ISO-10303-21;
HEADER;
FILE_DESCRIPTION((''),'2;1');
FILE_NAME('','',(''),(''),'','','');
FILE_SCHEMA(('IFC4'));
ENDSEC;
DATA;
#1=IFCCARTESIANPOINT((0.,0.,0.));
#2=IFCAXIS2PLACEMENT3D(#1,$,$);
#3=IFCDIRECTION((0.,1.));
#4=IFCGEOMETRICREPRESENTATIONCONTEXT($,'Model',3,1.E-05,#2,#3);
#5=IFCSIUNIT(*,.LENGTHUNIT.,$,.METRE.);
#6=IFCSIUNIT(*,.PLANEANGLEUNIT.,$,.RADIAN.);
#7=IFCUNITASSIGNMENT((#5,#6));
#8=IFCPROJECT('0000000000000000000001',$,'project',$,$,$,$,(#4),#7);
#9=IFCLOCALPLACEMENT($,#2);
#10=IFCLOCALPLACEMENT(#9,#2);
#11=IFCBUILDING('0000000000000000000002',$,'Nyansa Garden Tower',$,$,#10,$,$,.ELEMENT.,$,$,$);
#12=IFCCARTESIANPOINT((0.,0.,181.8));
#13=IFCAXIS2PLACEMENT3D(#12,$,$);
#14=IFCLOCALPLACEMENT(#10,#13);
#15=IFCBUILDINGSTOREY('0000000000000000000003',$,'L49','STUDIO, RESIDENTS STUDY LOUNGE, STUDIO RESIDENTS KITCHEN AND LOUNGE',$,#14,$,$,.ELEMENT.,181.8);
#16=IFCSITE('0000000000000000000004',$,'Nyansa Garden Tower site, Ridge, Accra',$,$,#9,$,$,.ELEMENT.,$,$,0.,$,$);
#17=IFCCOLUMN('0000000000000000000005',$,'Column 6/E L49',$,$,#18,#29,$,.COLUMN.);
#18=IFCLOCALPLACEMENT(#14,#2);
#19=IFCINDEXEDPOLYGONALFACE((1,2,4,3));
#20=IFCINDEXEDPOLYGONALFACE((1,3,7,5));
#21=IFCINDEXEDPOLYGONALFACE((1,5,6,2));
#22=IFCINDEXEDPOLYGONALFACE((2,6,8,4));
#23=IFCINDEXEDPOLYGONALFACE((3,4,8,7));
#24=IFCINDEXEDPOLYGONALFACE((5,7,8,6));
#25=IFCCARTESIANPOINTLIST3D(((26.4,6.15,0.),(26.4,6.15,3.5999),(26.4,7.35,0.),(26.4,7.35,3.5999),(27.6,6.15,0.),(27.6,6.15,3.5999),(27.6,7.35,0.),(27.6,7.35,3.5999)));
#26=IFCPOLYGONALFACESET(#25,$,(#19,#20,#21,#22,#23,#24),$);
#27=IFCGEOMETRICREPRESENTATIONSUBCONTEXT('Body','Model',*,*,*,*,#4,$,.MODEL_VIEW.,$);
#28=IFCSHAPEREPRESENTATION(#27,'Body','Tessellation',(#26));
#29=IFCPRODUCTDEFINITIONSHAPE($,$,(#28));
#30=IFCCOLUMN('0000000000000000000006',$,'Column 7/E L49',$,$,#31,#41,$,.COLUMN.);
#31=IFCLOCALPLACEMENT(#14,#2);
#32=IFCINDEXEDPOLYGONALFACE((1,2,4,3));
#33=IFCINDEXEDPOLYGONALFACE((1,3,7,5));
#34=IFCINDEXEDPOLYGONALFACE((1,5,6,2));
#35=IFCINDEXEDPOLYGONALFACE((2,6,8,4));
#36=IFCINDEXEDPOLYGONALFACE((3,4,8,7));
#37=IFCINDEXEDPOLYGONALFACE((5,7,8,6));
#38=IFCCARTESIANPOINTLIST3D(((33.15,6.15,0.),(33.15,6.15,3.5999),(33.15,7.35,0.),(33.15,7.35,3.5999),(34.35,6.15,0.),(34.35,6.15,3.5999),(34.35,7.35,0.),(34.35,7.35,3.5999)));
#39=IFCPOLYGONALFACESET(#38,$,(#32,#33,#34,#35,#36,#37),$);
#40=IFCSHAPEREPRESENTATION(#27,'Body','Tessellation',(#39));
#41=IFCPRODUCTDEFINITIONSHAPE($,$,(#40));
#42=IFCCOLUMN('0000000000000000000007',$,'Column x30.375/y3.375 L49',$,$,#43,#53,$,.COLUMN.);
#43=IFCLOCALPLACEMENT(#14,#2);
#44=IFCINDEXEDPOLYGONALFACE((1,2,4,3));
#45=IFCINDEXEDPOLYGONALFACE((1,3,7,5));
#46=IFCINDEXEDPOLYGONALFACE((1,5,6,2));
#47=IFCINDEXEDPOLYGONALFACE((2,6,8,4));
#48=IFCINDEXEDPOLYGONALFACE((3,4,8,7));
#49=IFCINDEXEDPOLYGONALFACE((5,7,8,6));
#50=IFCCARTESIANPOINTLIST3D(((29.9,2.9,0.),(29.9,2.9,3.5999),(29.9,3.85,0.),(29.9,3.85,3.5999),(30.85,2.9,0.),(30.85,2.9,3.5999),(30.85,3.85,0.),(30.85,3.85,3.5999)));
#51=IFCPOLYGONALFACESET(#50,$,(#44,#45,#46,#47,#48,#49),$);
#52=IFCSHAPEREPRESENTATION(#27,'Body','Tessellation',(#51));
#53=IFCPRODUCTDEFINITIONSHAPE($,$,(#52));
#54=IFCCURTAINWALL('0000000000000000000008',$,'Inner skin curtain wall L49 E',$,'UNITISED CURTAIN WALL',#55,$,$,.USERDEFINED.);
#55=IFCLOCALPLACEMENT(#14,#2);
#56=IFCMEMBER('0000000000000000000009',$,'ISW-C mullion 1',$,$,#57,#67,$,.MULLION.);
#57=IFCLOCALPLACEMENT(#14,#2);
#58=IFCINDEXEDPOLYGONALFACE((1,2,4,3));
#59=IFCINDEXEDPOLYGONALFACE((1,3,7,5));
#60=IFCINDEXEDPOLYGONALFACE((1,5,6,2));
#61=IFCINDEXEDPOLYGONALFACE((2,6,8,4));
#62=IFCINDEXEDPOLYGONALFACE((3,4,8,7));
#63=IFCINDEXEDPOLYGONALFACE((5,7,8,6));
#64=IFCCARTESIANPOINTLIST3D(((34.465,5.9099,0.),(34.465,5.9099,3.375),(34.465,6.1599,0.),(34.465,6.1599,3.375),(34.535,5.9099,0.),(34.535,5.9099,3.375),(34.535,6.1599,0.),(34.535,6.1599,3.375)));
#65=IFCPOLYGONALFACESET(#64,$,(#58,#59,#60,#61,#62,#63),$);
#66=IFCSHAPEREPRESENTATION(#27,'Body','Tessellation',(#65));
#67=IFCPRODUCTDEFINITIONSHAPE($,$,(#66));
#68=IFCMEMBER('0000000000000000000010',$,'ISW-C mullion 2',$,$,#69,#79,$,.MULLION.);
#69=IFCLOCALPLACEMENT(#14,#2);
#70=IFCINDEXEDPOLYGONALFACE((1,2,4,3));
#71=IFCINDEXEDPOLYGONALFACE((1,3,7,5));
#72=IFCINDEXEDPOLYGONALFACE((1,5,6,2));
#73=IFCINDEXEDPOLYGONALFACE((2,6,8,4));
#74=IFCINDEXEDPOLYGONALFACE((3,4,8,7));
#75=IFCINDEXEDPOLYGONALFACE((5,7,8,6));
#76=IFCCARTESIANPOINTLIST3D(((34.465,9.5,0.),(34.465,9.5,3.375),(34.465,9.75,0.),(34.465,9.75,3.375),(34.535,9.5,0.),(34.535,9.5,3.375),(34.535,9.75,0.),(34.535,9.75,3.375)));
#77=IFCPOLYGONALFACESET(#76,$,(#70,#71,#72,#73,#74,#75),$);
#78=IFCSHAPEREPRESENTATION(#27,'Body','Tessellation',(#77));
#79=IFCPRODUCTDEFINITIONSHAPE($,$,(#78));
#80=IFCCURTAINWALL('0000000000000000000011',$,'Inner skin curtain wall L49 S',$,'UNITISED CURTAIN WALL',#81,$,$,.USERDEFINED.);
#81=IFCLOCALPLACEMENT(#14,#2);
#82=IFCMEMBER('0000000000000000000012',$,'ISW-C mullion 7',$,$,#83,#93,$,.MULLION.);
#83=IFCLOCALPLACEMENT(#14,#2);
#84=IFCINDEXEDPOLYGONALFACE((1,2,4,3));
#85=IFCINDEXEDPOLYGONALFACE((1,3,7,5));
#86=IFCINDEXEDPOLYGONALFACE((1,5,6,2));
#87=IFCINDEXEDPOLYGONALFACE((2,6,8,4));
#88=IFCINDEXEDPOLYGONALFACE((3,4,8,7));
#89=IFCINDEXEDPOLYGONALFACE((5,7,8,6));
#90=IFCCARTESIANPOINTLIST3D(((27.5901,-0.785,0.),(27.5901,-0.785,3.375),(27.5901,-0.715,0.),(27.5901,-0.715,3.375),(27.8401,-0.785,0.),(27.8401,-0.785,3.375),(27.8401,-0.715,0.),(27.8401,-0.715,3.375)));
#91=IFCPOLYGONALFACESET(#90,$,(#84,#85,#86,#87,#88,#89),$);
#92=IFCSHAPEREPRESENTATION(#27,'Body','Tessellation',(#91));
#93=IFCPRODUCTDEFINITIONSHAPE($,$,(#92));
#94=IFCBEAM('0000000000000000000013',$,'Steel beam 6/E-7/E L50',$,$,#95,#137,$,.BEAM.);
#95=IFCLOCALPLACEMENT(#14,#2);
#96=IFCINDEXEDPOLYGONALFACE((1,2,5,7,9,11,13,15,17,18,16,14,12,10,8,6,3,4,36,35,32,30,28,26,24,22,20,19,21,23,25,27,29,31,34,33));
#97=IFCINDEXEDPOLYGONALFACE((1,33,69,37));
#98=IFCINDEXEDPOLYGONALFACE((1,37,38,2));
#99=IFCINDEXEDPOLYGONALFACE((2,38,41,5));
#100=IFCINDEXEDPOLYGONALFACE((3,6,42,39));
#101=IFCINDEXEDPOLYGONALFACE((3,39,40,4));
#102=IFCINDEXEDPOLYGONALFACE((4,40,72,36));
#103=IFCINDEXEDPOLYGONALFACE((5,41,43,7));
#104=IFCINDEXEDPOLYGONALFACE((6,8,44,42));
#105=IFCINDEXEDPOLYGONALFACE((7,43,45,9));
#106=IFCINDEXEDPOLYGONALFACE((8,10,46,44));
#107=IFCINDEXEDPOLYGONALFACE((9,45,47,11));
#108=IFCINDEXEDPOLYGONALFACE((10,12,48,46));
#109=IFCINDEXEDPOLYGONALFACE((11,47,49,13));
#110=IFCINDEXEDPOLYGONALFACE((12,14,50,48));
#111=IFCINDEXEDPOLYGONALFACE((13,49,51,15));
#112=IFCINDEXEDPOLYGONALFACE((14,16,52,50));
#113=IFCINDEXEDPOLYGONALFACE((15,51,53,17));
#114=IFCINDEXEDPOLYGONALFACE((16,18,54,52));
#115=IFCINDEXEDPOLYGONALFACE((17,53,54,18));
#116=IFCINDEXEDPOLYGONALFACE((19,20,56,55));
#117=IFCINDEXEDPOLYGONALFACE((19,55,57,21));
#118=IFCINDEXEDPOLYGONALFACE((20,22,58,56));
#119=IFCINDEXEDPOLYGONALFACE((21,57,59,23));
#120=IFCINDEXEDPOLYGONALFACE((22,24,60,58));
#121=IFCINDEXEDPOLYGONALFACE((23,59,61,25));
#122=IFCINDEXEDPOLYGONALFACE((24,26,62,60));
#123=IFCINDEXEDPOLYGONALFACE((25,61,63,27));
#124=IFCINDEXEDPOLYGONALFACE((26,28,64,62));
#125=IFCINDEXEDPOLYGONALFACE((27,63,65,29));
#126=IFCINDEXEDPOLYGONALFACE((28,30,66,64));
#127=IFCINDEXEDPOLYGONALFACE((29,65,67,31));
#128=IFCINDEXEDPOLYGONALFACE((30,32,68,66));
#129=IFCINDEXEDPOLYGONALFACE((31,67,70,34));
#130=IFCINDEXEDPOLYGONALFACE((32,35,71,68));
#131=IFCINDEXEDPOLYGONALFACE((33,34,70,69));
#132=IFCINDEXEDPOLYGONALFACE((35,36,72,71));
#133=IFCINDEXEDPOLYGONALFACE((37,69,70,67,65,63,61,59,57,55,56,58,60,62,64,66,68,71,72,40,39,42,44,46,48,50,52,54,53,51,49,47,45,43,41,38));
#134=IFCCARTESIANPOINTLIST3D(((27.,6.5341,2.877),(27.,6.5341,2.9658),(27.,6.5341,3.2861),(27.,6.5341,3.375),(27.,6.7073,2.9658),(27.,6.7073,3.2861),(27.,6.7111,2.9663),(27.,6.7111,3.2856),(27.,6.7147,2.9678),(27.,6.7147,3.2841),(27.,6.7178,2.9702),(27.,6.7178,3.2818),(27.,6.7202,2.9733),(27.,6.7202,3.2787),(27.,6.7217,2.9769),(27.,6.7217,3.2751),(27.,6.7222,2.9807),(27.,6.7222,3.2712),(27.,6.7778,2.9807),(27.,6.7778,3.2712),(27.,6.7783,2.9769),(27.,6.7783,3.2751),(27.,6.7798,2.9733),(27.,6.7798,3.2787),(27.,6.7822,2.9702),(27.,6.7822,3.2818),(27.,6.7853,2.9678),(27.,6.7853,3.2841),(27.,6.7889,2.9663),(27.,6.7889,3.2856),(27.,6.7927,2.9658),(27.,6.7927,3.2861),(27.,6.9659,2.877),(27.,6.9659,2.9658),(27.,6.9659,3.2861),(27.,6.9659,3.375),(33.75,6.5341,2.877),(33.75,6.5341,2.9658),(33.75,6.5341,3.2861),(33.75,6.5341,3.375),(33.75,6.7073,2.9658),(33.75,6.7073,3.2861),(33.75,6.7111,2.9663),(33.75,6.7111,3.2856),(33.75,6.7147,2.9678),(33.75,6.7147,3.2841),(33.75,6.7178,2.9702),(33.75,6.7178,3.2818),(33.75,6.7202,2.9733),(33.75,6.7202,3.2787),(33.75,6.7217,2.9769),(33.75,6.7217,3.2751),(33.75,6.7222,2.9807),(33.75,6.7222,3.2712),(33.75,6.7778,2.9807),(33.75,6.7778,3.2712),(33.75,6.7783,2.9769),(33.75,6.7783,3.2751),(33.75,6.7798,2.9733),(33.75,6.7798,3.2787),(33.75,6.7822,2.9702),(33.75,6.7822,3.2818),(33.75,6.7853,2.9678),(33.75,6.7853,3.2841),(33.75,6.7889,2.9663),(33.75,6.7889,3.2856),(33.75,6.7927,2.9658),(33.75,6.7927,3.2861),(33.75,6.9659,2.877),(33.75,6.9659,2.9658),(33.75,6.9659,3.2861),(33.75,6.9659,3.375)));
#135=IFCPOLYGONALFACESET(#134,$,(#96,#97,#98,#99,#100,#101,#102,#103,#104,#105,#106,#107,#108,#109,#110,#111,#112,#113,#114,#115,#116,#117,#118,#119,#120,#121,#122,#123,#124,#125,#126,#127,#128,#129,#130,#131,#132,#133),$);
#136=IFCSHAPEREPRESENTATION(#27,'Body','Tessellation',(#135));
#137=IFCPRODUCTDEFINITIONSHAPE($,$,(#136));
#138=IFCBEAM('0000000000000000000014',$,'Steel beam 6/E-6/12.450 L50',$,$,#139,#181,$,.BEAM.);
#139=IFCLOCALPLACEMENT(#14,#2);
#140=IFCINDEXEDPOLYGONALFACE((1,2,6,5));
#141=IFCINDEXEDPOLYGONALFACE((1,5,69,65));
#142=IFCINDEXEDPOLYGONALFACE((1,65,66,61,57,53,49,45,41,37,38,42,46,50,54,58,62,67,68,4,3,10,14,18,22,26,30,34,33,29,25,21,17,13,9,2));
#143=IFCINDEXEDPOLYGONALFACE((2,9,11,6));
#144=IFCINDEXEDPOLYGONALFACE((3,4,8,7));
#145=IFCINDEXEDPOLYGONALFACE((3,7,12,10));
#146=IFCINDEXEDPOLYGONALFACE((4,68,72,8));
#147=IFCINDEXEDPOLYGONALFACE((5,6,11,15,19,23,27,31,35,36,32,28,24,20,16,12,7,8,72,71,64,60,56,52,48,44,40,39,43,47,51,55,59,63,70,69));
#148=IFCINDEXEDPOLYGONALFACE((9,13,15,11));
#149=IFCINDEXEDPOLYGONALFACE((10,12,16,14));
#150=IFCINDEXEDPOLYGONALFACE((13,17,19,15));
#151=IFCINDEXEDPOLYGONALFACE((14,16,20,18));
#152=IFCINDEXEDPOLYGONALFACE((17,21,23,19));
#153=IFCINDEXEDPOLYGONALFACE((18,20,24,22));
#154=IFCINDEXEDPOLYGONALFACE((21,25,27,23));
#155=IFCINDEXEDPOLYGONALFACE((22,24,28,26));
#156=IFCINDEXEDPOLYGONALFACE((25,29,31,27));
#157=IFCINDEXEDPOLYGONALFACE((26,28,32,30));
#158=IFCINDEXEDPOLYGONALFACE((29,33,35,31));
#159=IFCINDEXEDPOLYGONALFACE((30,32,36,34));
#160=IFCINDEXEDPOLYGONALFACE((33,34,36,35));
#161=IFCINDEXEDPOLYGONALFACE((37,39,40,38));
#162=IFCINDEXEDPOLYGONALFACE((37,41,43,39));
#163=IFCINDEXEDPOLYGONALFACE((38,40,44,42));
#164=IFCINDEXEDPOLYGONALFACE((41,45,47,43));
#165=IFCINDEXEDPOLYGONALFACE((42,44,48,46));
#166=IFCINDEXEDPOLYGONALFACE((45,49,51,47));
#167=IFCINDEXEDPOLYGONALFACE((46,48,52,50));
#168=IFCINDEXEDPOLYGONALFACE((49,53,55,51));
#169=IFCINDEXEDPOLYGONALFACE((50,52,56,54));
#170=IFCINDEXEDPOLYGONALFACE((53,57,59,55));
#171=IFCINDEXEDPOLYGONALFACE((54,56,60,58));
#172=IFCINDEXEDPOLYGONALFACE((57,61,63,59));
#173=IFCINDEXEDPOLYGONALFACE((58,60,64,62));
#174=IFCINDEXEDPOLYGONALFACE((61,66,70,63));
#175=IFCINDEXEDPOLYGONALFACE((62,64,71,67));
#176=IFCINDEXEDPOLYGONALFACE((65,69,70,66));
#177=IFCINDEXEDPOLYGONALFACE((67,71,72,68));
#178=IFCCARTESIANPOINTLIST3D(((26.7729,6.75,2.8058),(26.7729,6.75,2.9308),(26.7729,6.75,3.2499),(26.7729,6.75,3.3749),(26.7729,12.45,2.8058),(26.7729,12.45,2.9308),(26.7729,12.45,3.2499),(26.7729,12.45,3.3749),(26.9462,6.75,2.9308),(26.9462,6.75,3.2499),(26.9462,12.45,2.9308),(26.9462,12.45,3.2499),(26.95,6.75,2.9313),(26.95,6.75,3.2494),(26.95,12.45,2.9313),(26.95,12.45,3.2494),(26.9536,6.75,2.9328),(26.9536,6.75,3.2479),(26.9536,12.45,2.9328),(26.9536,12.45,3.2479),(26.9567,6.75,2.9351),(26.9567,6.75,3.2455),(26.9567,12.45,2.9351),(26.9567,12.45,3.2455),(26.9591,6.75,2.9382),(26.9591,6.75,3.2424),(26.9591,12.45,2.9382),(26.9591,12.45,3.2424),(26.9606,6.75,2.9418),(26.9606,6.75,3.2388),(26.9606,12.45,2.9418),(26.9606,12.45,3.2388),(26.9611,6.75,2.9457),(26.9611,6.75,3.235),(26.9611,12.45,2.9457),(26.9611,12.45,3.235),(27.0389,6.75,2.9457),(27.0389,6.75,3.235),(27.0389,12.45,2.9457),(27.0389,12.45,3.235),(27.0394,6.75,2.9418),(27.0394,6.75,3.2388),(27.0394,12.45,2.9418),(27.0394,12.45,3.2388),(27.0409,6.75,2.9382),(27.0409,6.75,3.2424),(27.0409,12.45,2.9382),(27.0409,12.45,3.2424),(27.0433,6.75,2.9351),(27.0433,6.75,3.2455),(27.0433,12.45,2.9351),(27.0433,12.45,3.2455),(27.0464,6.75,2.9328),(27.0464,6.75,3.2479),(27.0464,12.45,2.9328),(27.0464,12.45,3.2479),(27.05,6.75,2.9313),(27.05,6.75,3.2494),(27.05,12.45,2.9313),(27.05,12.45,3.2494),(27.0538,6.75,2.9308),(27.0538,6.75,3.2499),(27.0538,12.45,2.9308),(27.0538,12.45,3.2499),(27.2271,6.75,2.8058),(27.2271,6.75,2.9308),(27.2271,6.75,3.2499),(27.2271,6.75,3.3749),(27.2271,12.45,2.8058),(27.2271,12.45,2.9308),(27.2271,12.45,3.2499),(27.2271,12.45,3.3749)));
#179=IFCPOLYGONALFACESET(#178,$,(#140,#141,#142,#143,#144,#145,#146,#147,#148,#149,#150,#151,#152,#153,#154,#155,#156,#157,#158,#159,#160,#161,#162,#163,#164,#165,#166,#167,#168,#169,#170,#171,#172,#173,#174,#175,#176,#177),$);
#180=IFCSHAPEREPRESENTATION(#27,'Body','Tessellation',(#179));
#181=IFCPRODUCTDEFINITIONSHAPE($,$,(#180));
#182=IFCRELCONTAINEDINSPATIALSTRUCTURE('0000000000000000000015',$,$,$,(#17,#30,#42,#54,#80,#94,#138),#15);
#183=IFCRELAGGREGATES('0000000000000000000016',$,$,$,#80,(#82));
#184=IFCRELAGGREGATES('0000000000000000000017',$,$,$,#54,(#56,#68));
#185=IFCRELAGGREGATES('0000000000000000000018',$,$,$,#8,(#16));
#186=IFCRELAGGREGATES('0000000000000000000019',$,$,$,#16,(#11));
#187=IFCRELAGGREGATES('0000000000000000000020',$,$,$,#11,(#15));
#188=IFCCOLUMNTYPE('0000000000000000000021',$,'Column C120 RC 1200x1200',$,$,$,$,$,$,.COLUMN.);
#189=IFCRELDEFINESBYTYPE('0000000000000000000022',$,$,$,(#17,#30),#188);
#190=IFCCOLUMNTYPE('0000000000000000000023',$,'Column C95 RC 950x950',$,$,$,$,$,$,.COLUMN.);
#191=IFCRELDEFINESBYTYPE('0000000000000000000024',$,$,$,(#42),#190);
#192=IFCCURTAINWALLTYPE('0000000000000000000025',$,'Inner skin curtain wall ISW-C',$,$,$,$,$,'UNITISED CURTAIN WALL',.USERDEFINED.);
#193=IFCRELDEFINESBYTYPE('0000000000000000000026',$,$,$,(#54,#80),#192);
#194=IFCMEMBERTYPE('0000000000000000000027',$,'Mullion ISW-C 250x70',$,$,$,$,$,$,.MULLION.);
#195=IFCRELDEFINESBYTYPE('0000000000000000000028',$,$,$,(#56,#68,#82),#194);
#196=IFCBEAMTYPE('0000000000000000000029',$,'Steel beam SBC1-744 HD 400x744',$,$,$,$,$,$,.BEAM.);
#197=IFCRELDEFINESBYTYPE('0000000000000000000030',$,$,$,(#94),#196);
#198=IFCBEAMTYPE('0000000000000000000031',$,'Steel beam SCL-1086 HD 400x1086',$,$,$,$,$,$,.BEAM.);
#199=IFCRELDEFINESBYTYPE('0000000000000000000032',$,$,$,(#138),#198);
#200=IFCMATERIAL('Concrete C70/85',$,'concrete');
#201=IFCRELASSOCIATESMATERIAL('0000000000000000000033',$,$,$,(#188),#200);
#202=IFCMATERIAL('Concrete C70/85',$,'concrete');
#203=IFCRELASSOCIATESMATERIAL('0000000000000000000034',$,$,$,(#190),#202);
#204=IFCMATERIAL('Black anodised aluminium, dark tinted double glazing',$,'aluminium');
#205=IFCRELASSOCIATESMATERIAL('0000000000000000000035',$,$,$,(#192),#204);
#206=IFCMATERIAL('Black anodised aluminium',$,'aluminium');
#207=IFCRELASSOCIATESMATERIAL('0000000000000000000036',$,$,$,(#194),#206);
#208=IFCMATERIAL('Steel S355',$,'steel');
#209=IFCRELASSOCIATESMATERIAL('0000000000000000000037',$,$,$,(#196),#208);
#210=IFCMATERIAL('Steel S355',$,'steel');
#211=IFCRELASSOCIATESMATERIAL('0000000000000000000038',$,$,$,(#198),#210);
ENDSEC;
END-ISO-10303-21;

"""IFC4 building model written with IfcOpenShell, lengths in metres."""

from ifc_helpers import new_model, si_unit, direction, frame, origin, origin_2d, place, context, subcontext, project, spatial, rectangle, i_section, extrude, material, material_profile, profile_set, type_object, element, aggregate, save


model = new_model("IFC4")

# Units and contexts
model_context = context("Model", 3, precision=1e-05, world=origin(), true_north=direction((0.0, 1.0)))
body_context = subcontext(model_context, "Body", "Model", "MODEL_VIEW")
ifc_project = project(units=[si_unit("LENGTHUNIT", "METRE"), si_unit("PLANEANGLEUNIT", "RADIAN")], contexts=[model_context])

# Site, building, storey
site_placement = place(None, origin())
site = spatial("IfcSite", under=ifc_project, at=site_placement, Name="Nyansa Garden Tower site, Ridge, Accra", CompositionType="ELEMENT", RefElevation=0.0)
building_placement = place(site_placement, origin())
building = spatial("IfcBuilding", under=site, at=building_placement, Name="Nyansa Garden Tower", CompositionType="ELEMENT")
storey_placement = place(building_placement, frame((0.0, 0.0, 181.8)))
storey = spatial("IfcBuildingStorey", under=building, at=storey_placement, Name="L49", Description="STUDIO, RESIDENTS STUDY LOUNGE, STUDIO RESIDENTS KITCHEN AND LOUNGE", CompositionType="ELEMENT", Elevation=181.8)

# Columns
ifc_material_1 = material(Name="Concrete C70/85", Category="concrete")
ifc_material_profile_1 = material_profile(ifc_material_1, rectangle(XDim=1.2, YDim=1.2, at=origin_2d()), Name="RC 1200x1200")
ifc_profile_set_1 = profile_set([ifc_material_profile_1], Name="Concrete C70/85")
column_type_1 = type_object("IfcColumnType", Name="Column C120 RC 1200x1200", PredefinedType="COLUMN", material=ifc_profile_set_1)
for number, where, z_axis, x_axis, name in (
    (1, (27.0, 6.75, 0.0), (0.0, 0.0, 1.0), (1.0, 0.0, 0.0), "Column 6/E L49"),
    (2, (33.75, 6.75, 0.0), (0.0, 0.0, 1.0), (1.0, 0.0, 0.0), "Column 7/E L49"),
):
    element("IfcColumn", number, at=place(storey_placement, frame(where, z_axis=z_axis, x_axis=x_axis)), inside=storey, type_object=column_type_1, Name=name, PredefinedType="COLUMN", context=body_context, shape_type="SweptSolid", body=[
        extrude(rectangle(XDim=1.2, YDim=1.2, at=origin_2d()), origin(), (0.0, 0.0, 1.0), 3.5999),
    ])
ifc_material_2 = material(Name="Concrete C70/85", Category="concrete")
ifc_material_profile_2 = material_profile(ifc_material_2, rectangle(XDim=0.95, YDim=0.95, at=origin_2d()), Name="RC 950x950")
ifc_profile_set_2 = profile_set([ifc_material_profile_2], Name="Concrete C70/85")
column_type_2 = type_object("IfcColumnType", Name="Column C95 RC 950x950", PredefinedType="COLUMN", material=ifc_profile_set_2)
column_placement = place(storey_placement, frame((30.375, 3.375, 0.0), z_axis=(0.0, 0.0, 1.0), x_axis=(1.0, 0.0, 0.0)))
element("IfcColumn", 3, at=column_placement, inside=storey, type_object=column_type_2, Name="Column x30.375/y3.375 L49", PredefinedType="COLUMN", context=body_context, shape_type="SweptSolid", body=[
    extrude(rectangle(XDim=0.95, YDim=0.95, at=origin_2d()), origin(), (0.0, 0.0, 1.0), 3.5999),
])

# Curtain wall, members
ifc_material_3 = material(Name="Black anodised aluminium, dark tinted double glazing", Category="aluminium")
curtain_wall_type = type_object("IfcCurtainWallType", Name="Inner skin curtain wall ISW-C", ElementType="UNITISED CURTAIN WALL", PredefinedType="USERDEFINED", material=ifc_material_3)
curtain_wall_1_placement = place(storey_placement, origin())
curtain_wall_1 = element("IfcCurtainWall", 4, at=curtain_wall_1_placement, inside=storey, type_object=curtain_wall_type, Name="Inner skin curtain wall L49 E", ObjectType="UNITISED CURTAIN WALL", PredefinedType="USERDEFINED")
ifc_material_4 = material(Name="Black anodised aluminium", Category="aluminium")
ifc_material_profile_3 = material_profile(ifc_material_4, rectangle(XDim=0.0701, YDim=0.25, at=origin_2d()), Name="Mullion 250x70")
ifc_profile_set_3 = profile_set([ifc_material_profile_3], Name="Black anodised aluminium")
member_type_1 = type_object("IfcMemberType", Name="Mullion ISW-C 250x70", PredefinedType="MULLION", material=ifc_profile_set_3)
member_1_placement = place(storey_placement, frame((34.5, 6.0349, 0.0), z_axis=(0.0, 0.0, 1.0), x_axis=(-1.0, 0.0, 0.0)))
member_1 = element("IfcMember", 5, at=member_1_placement, type_object=member_type_1, Name="ISW-C mullion 1", PredefinedType="MULLION", context=body_context, shape_type="SweptSolid", body=[
    extrude(rectangle(XDim=0.0701, YDim=0.25, at=origin_2d()), origin(), (0.0, 0.0, 1.0), 3.375),
])
member_2_placement = place(storey_placement, frame((34.5, 9.625, 0.0), z_axis=(0.0, 0.0, 1.0), x_axis=(-1.0, 0.0, 0.0)))
member_2 = element("IfcMember", 6, at=member_2_placement, type_object=member_type_1, Name="ISW-C mullion 2", PredefinedType="MULLION", context=body_context, shape_type="SweptSolid", body=[
    extrude(rectangle(XDim=0.0701, YDim=0.25, at=origin_2d()), origin(), (0.0, 0.0, 1.0), 3.375),
])

# Curtain wall, member
curtain_wall_2_placement = place(storey_placement, origin())
curtain_wall_2 = element("IfcCurtainWall", 7, at=curtain_wall_2_placement, inside=storey, type_object=curtain_wall_type, Name="Inner skin curtain wall L49 S", ObjectType="UNITISED CURTAIN WALL", PredefinedType="USERDEFINED")
member_3_placement = place(storey_placement, frame((27.7151, -0.75, 0.0), z_axis=(0.0, 0.0, 1.0), x_axis=(0.0, 1.0, 0.0)))
member_3 = element("IfcMember", 8, at=member_3_placement, type_object=member_type_1, Name="ISW-C mullion 7", PredefinedType="MULLION", context=body_context, shape_type="SweptSolid", body=[
    extrude(rectangle(XDim=0.0701, YDim=0.25, at=origin_2d()), origin(), (0.0, 0.0, 1.0), 3.375),
])
aggregate(curtain_wall_2, [member_3])

# Beams
ifc_material_5 = material(Name="Steel S355", Category="steel")
ifc_material_profile_4 = material_profile(ifc_material_5, i_section(OverallWidth=0.4319, OverallDepth=0.498, WebThickness=0.0557, FlangeThickness=0.0889, FilletRadius=0.0149, at=origin_2d()), Name="HD 400x744")
ifc_profile_set_4 = profile_set([ifc_material_profile_4], Name="Steel S355")
beam_type_1 = type_object("IfcBeamType", Name="Steel beam SBC1-744 HD 400x744", PredefinedType="BEAM", material=ifc_profile_set_4)
beam_1_placement = place(storey_placement, frame((27.0, 6.75, 3.126), z_axis=(1.0, 0.0, 0.0), x_axis=(0.0, 1.0, 0.0)))
element("IfcBeam", 9, at=beam_1_placement, inside=storey, type_object=beam_type_1, Name="Steel beam 6/E-7/E L50", PredefinedType="BEAM", context=body_context, shape_type="SweptSolid", body=[
    extrude(i_section(OverallWidth=0.4319, OverallDepth=0.498, WebThickness=0.0557, FlangeThickness=0.0889, FilletRadius=0.0149, at=origin_2d()), origin(), (0.0, 0.0, 1.0), 6.75),
])
ifc_material_6 = material(Name="Steel S355", Category="steel")
ifc_material_profile_5 = material_profile(ifc_material_6, i_section(OverallWidth=0.4541, OverallDepth=0.5691, WebThickness=0.0779, FlangeThickness=0.125, FilletRadius=0.0149, at=origin_2d()), Name="HD 400x1086")
ifc_profile_set_5 = profile_set([ifc_material_profile_5], Name="Steel S355")
beam_type_2 = type_object("IfcBeamType", Name="Steel beam SCL-1086 HD 400x1086", PredefinedType="BEAM", material=ifc_profile_set_5)
beam_2_placement = place(storey_placement, frame((27.0, 6.75, 3.0903), z_axis=(0.0, 1.0, 0.0), x_axis=(-1.0, 0.0, 0.0)))
element("IfcBeam", 10, at=beam_2_placement, inside=storey, type_object=beam_type_2, Name="Steel beam 6/E-6/12.450 L50", PredefinedType="BEAM", context=body_context, shape_type="SweptSolid", body=[
    extrude(i_section(OverallWidth=0.4541, OverallDepth=0.5691, WebThickness=0.0779, FlangeThickness=0.125, FilletRadius=0.0149, at=origin_2d()), origin(), (0.0, 0.0, 1.0), 5.7),
])

aggregate(curtain_wall_1, [member_1, member_2])

save(model, "model.ifc")
